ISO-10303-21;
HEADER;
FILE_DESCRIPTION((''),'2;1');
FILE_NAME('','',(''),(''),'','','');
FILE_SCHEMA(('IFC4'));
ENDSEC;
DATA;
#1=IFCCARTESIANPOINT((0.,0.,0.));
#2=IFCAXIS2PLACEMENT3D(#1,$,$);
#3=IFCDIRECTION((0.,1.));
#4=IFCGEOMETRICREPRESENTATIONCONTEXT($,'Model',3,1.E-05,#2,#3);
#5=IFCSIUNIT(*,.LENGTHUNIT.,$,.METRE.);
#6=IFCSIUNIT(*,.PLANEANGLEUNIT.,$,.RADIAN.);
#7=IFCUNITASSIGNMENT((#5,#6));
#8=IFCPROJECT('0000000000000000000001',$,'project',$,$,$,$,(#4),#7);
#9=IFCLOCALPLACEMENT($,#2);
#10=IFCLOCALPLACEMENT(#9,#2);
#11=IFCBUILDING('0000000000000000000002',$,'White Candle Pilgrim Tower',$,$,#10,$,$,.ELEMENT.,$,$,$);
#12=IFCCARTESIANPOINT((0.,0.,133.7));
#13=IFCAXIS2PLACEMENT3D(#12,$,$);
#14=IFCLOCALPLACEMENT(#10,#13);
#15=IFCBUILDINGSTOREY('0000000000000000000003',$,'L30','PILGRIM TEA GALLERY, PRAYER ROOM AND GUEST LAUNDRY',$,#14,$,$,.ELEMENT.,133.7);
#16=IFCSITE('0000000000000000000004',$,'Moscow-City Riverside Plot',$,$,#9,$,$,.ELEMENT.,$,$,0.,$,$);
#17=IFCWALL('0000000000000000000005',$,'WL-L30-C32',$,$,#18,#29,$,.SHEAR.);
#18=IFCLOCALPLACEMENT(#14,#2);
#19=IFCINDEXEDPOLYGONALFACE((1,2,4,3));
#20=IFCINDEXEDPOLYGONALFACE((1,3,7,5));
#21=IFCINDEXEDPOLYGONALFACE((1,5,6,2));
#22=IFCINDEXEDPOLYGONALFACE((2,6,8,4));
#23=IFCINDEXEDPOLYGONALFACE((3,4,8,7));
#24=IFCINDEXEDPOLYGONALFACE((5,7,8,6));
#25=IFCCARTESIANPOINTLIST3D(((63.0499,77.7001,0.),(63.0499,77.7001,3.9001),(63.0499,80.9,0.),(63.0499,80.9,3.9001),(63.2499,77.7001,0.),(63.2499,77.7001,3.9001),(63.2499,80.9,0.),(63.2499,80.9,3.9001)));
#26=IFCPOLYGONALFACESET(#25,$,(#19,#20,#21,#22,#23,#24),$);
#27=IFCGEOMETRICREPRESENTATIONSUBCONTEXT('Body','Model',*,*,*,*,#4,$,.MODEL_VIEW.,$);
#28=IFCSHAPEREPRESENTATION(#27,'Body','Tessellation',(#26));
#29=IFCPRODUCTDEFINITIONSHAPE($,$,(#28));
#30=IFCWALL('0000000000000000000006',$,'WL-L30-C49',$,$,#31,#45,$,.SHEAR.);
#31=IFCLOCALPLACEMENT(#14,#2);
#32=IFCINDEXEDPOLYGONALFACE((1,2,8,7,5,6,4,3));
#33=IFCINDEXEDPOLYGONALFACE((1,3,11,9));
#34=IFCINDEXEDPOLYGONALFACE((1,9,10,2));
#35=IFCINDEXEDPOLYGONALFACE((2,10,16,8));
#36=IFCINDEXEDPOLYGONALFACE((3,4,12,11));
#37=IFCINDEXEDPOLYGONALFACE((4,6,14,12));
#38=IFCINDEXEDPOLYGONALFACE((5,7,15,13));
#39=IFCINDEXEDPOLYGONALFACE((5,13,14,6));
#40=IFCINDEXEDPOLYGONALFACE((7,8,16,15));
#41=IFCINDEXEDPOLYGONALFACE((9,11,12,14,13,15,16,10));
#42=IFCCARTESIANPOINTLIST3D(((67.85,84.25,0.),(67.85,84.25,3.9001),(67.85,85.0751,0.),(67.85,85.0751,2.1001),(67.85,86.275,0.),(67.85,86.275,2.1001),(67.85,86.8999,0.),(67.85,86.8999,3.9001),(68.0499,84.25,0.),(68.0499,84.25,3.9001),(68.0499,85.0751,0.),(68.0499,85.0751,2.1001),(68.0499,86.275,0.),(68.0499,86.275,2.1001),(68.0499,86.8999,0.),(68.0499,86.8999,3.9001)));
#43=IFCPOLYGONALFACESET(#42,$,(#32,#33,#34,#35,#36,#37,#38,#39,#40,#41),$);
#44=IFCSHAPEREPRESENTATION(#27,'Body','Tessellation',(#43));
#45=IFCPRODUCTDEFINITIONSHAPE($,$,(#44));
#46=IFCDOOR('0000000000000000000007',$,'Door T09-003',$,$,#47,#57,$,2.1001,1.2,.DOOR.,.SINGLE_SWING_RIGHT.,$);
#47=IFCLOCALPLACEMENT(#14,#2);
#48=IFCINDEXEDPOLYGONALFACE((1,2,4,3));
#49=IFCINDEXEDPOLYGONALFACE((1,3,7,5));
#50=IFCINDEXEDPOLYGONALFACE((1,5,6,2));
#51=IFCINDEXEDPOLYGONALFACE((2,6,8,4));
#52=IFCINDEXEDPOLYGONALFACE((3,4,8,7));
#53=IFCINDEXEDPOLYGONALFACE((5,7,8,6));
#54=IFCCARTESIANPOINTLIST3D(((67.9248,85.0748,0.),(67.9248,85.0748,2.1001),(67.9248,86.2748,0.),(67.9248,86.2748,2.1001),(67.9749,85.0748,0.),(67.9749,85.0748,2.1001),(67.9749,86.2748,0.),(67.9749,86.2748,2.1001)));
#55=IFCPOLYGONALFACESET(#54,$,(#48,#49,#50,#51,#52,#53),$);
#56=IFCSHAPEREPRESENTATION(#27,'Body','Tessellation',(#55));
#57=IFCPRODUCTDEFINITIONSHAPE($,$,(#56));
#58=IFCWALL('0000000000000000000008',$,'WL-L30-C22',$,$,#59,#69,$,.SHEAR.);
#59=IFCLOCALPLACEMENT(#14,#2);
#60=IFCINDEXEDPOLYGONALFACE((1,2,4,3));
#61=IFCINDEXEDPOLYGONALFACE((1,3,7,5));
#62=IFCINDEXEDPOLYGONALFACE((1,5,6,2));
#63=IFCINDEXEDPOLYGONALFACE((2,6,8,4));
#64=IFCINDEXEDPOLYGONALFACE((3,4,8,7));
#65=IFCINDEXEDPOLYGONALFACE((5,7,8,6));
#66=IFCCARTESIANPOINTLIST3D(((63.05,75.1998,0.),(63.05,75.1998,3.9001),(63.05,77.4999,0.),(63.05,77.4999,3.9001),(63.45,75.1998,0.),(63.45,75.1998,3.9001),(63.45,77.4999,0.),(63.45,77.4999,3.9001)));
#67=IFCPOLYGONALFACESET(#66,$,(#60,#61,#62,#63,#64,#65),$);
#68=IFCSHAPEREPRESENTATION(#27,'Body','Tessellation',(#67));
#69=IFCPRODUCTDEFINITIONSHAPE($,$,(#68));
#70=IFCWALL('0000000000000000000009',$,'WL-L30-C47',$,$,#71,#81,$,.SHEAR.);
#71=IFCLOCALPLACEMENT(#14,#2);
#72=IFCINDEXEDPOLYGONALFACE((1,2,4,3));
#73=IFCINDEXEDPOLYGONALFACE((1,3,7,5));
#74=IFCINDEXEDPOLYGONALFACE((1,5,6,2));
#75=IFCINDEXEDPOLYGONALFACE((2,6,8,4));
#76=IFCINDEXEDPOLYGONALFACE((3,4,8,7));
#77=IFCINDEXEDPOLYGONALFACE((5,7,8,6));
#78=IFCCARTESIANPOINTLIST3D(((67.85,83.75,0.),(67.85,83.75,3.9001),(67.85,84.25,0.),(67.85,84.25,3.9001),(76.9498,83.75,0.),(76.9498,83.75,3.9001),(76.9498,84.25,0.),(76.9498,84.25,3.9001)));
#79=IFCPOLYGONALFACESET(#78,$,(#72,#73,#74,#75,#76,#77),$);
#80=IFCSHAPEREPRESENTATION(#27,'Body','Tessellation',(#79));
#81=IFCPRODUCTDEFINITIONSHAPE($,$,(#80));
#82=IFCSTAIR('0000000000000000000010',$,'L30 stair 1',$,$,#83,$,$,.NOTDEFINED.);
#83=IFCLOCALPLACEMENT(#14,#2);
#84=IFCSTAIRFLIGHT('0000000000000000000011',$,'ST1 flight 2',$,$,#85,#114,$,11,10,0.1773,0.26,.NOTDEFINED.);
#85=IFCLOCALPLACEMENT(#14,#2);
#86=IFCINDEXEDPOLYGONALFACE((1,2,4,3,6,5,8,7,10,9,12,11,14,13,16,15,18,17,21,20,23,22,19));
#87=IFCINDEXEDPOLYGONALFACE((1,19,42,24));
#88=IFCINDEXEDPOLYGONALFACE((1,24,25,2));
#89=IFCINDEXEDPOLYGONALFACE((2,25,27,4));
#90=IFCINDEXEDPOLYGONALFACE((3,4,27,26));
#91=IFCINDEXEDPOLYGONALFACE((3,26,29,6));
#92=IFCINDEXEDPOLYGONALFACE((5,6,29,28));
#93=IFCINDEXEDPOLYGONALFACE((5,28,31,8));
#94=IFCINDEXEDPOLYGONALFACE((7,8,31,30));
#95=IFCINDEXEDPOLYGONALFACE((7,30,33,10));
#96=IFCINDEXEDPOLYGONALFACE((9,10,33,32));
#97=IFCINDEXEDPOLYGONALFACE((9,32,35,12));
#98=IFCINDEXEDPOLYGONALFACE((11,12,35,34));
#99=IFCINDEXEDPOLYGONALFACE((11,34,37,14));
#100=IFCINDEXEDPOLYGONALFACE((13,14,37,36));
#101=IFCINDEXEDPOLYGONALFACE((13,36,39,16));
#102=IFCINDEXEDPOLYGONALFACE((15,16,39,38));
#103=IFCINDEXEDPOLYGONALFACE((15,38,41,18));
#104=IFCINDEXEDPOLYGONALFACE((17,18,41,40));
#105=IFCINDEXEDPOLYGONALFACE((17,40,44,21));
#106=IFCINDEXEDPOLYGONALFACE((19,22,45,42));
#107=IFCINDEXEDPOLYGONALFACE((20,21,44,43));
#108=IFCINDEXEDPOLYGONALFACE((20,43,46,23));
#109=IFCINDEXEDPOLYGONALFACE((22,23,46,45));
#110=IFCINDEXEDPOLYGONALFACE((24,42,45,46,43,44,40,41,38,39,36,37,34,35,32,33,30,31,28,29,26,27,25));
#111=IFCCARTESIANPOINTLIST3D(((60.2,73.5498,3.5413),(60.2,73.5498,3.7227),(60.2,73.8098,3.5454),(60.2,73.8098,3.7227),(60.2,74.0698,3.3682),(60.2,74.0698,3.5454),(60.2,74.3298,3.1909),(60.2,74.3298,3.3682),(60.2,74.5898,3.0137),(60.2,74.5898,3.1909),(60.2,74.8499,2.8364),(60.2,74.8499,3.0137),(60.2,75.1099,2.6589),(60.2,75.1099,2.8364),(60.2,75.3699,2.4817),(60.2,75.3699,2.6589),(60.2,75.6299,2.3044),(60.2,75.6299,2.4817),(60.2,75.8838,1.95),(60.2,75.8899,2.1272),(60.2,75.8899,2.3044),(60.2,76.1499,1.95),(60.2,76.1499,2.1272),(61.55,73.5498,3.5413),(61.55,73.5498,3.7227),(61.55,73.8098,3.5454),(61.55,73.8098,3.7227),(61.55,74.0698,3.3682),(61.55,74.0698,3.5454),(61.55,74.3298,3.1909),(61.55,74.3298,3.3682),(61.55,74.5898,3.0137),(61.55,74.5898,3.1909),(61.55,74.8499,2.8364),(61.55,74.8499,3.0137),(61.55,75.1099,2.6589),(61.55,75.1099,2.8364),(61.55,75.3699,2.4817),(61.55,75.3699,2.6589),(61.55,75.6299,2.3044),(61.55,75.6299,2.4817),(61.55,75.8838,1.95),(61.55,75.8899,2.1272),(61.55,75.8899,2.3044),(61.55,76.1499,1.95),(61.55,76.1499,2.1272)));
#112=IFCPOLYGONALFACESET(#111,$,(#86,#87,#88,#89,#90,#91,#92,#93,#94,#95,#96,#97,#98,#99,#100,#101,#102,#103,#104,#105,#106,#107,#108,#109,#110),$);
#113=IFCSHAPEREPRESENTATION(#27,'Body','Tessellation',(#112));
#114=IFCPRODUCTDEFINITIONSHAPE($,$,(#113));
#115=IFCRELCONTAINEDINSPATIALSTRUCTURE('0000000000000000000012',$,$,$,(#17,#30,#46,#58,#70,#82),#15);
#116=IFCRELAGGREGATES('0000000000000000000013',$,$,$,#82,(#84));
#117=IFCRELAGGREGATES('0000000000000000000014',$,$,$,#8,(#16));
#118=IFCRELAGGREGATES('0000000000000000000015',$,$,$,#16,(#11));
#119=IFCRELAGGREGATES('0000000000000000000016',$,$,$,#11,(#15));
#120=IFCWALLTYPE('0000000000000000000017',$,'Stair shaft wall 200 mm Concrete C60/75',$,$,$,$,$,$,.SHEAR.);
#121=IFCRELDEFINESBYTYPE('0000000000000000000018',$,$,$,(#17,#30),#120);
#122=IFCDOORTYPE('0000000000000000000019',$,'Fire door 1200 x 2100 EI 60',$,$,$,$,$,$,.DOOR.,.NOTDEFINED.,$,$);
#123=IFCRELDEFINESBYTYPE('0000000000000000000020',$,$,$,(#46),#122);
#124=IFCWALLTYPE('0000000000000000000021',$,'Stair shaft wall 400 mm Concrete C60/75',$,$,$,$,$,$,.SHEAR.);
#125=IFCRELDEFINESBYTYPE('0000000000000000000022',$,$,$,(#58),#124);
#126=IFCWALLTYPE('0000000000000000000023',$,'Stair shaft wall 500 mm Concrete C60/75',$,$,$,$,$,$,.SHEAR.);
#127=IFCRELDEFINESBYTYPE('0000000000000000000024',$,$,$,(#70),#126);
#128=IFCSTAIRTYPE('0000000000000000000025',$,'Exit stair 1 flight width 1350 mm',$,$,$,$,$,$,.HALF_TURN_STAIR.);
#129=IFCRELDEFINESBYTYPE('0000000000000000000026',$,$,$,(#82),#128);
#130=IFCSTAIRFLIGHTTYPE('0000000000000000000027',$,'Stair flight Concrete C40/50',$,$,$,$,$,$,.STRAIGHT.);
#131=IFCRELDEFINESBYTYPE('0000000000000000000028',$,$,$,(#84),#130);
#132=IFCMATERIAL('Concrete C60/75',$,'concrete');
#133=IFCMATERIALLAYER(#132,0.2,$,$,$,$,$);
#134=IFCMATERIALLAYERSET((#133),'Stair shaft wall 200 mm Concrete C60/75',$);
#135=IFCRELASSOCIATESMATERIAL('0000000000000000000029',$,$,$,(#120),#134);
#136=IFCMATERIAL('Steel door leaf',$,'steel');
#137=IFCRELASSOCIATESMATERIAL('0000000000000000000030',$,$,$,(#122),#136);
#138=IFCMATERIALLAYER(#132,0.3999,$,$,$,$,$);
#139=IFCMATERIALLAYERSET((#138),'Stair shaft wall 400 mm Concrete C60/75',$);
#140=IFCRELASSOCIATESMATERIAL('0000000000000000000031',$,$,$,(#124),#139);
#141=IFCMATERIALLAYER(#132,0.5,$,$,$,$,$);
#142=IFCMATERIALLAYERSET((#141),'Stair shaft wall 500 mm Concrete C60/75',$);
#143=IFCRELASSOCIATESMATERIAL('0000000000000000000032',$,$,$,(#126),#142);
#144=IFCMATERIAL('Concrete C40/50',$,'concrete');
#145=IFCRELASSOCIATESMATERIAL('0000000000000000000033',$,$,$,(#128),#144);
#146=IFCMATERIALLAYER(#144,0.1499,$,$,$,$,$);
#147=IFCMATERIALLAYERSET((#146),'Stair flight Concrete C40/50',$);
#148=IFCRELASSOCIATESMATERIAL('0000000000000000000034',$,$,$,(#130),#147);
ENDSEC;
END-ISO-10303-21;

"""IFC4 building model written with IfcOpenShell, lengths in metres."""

from ifc_helpers import new_model, si_unit, direction, frame, frame_2d, origin, place, context, subcontext, project, spatial, polyline, rectangle, outline, extrude, material, layer, layer_set, type_object, element, fill, aggregate, save


model = new_model("IFC4")

# Units and contexts
model_context = context("Model", 3, precision=1e-05, world=origin(), true_north=direction((0.0, 1.0)))
body_context = subcontext(model_context, "Body", "Model", "MODEL_VIEW")
ifc_project = project(units=[si_unit("LENGTHUNIT", "METRE"), si_unit("PLANEANGLEUNIT", "RADIAN")], contexts=[model_context])

# Site, building, storey
site_placement = place(None, origin())
site = spatial("IfcSite", under=ifc_project, at=site_placement, Name="Moscow-City Riverside Plot", CompositionType="ELEMENT", RefElevation=0.0)
building_placement = place(site_placement, origin())
building = spatial("IfcBuilding", under=site, at=building_placement, Name="White Candle Pilgrim Tower", CompositionType="ELEMENT")
storey_placement = place(building_placement, frame((0.0, 0.0, 133.7)))
storey = spatial("IfcBuildingStorey", under=building, at=storey_placement, Name="L30", Description="PILGRIM TEA GALLERY, PRAYER ROOM AND GUEST LAUNDRY", CompositionType="ELEMENT", Elevation=133.7)

# Shared definitions
ifc_material_1 = material(Name="Concrete C60/75", Category="concrete")
ifc_material_2 = material(Name="Steel door leaf", Category="steel")

# Shared definitions
ifc_layer_1 = layer(ifc_material_1, 0.2)
ifc_layer_set_1 = layer_set([ifc_layer_1], Name="Stair shaft wall 200 mm Concrete C60/75")
wall_type_1 = type_object("IfcWallType", Name="Stair shaft wall 200 mm Concrete C60/75", PredefinedType="SHEAR", material=ifc_layer_set_1)

# Wall
wall_1_placement = place(storey_placement, frame((63.1499, 77.7, 0.0), z_axis=(0.0, 0.0, 1.0), x_axis=(0.0, 1.0, 0.0)))
element("IfcWall", 1, at=wall_1_placement, inside=storey, type_object=wall_type_1, Name="WL-L30-C32", PredefinedType="SHEAR", context=body_context, shape_type="SweptSolid", body=[
    extrude(rectangle(XDim=3.2, YDim=0.2, at=frame_2d((1.6001, 0.0))), origin(), (0.0, 0.0, 1.0), 3.9001),
])

# Wall, opening, door
wall_2_placement = place(storey_placement, frame((67.95, 84.25, 0.0), z_axis=(0.0, 0.0, 1.0), x_axis=(0.0, 1.0, 0.0)))
wall_2 = element("IfcWall", 2, at=wall_2_placement, inside=storey, type_object=wall_type_1, Name="WL-L30-C49", PredefinedType="SHEAR", context=body_context, shape_type="SweptSolid", body=[
    extrude(rectangle(XDim=2.6499, YDim=0.2, at=frame_2d((1.325, 0.0))), origin(), (0.0, 0.0, 1.0), 3.9001),
])
opening_1_placement = place(wall_2_placement, frame((0.825, 0.0, 0.0)))
opening_1 = element("IfcOpeningElement", 3, at=opening_1_placement, cuts=wall_2, PredefinedType="OPENING", context=body_context, shape_type="SweptSolid", body=[
    extrude(rectangle(XDim=1.2, YDim=2.1001, at=frame_2d((0.6001, 1.05))), frame((0.0, 0.1099, 0.0), z_axis=(0.0, -1.0, 0.0), x_axis=(1.0, 0.0, 0.0)), (0.0, 0.0, 1.0), 0.22),
])
door_type_1 = type_object("IfcDoorType", Name="Fire door 1200 x 2100 EI 60", OperationType="NOTDEFINED", PredefinedType="DOOR", material=ifc_material_2)
door_1_placement = place(opening_1_placement, frame((1.2, 0.0, 0.0), z_axis=(0.0, 0.0, 1.0), x_axis=(-1.0, 0.0, 0.0)))
door_1 = element("IfcDoor", 4, at=door_1_placement, inside=storey, type_object=door_type_1, Name="Door T09-003", OperationType="SINGLE_SWING_RIGHT", OverallHeight=2.1001, OverallWidth=1.2, PredefinedType="DOOR", context=body_context, shape_type="SweptSolid", body=[
    extrude(rectangle(XDim=1.2, YDim=2.1001, at=frame_2d((0.6001, 1.05))), frame((0.0, 0.0249, 0.0), z_axis=(0.0, -1.0, 0.0), x_axis=(1.0, 0.0, 0.0)), (0.0, 0.0, 1.0), 0.05),
])
fill(opening_1, door_1)

# Walls
ifc_layer_2 = layer(ifc_material_1, 0.3999)
ifc_layer_set_2 = layer_set([ifc_layer_2], Name="Stair shaft wall 400 mm Concrete C60/75")
wall_type_2 = type_object("IfcWallType", Name="Stair shaft wall 400 mm Concrete C60/75", PredefinedType="SHEAR", material=ifc_layer_set_2)
wall_3_placement = place(storey_placement, frame((63.25, 75.2, 0.0), z_axis=(0.0, 0.0, 1.0), x_axis=(0.0, 1.0, 0.0)))
element("IfcWall", 5, at=wall_3_placement, inside=storey, type_object=wall_type_2, Name="WL-L30-C22", PredefinedType="SHEAR", context=body_context, shape_type="SweptSolid", body=[
    extrude(rectangle(XDim=2.3, YDim=0.3999, at=frame_2d((1.1499, 0.0))), origin(), (0.0, 0.0, 1.0), 3.9001),
])
ifc_layer_3 = layer(ifc_material_1, 0.5)
ifc_layer_set_3 = layer_set([ifc_layer_3], Name="Stair shaft wall 500 mm Concrete C60/75")
wall_type_3 = type_object("IfcWallType", Name="Stair shaft wall 500 mm Concrete C60/75", PredefinedType="SHEAR", material=ifc_layer_set_3)
wall_4_placement = place(storey_placement, frame((67.8501, 84.0, 0.0), z_axis=(0.0, 0.0, 1.0), x_axis=(1.0, 0.0, 0.0)))
element("IfcWall", 6, at=wall_4_placement, inside=storey, type_object=wall_type_3, Name="WL-L30-C47", PredefinedType="SHEAR", context=body_context, shape_type="SweptSolid", body=[
    extrude(rectangle(XDim=9.0999, YDim=0.5, at=frame_2d((4.5498, 0.0))), origin(), (0.0, 0.0, 1.0), 3.9001),
])

# Stair, stair flight
ifc_material_3 = material(Name="Concrete C40/50", Category="concrete")
stair_type = type_object("IfcStairType", Name="Exit stair 1 flight width 1350 mm", PredefinedType="HALF_TURN_STAIR", material=ifc_material_3)
stair_placement = place(storey_placement, origin())
stair = element("IfcStair", 7, at=stair_placement, inside=storey, type_object=stair_type, Name="L30 stair 1", PredefinedType="NOTDEFINED")
ifc_layer_4 = layer(ifc_material_3, 0.1499)
ifc_layer_set_4 = layer_set([ifc_layer_4], Name="Stair flight Concrete C40/50")
stair_flight_type = type_object("IfcStairFlightType", Name="Stair flight Concrete C40/50", PredefinedType="STRAIGHT", material=ifc_layer_set_4)
stair_flight_placement = place(storey_placement, frame((60.875, 76.1499, 1.95), z_axis=(0.0, 0.0, 1.0), x_axis=(0.0, -1.0, 0.0)))
stair_flight = element("IfcStairFlight", 8, at=stair_flight_placement, type_object=stair_flight_type, Name="ST1 flight 2", NumberOfRisers=11, NumberOfTreads=10, PredefinedType="NOTDEFINED", RiserHeight=0.1773, TreadLength=0.26, context=body_context, shape_type="SweptSolid", body=[
    extrude(outline(polyline([(0.0, 0.0), (0.0, 0.1772), (0.26, 0.1772), (0.26, 0.3545), (0.52, 0.3545), (0.52, 0.5317), (0.78, 0.5317), (0.78, 0.709), (1.04, 0.709), (1.04, 0.8865), (1.3, 0.8865), (1.3, 1.0637), (1.5601, 1.0637), (1.5601, 1.241), (1.8201, 1.241), (1.8201, 1.4182), (2.0801, 1.4182), (2.0801, 1.5955), (2.3401, 1.5955), (2.3401, 1.7727), (2.6001, 1.7727), (2.6001, 1.95), (2.6001, 1.5913), (0.2661, 0.0), (0.0, 0.0)])), frame((0.0, 0.675, 0.0), z_axis=(0.0, -1.0, 0.0), x_axis=(1.0, 0.0, 0.0)), (0.0, 0.0, 1.0), 1.3501),
])
aggregate(stair, [stair_flight])

save(model, "model.ifc")
